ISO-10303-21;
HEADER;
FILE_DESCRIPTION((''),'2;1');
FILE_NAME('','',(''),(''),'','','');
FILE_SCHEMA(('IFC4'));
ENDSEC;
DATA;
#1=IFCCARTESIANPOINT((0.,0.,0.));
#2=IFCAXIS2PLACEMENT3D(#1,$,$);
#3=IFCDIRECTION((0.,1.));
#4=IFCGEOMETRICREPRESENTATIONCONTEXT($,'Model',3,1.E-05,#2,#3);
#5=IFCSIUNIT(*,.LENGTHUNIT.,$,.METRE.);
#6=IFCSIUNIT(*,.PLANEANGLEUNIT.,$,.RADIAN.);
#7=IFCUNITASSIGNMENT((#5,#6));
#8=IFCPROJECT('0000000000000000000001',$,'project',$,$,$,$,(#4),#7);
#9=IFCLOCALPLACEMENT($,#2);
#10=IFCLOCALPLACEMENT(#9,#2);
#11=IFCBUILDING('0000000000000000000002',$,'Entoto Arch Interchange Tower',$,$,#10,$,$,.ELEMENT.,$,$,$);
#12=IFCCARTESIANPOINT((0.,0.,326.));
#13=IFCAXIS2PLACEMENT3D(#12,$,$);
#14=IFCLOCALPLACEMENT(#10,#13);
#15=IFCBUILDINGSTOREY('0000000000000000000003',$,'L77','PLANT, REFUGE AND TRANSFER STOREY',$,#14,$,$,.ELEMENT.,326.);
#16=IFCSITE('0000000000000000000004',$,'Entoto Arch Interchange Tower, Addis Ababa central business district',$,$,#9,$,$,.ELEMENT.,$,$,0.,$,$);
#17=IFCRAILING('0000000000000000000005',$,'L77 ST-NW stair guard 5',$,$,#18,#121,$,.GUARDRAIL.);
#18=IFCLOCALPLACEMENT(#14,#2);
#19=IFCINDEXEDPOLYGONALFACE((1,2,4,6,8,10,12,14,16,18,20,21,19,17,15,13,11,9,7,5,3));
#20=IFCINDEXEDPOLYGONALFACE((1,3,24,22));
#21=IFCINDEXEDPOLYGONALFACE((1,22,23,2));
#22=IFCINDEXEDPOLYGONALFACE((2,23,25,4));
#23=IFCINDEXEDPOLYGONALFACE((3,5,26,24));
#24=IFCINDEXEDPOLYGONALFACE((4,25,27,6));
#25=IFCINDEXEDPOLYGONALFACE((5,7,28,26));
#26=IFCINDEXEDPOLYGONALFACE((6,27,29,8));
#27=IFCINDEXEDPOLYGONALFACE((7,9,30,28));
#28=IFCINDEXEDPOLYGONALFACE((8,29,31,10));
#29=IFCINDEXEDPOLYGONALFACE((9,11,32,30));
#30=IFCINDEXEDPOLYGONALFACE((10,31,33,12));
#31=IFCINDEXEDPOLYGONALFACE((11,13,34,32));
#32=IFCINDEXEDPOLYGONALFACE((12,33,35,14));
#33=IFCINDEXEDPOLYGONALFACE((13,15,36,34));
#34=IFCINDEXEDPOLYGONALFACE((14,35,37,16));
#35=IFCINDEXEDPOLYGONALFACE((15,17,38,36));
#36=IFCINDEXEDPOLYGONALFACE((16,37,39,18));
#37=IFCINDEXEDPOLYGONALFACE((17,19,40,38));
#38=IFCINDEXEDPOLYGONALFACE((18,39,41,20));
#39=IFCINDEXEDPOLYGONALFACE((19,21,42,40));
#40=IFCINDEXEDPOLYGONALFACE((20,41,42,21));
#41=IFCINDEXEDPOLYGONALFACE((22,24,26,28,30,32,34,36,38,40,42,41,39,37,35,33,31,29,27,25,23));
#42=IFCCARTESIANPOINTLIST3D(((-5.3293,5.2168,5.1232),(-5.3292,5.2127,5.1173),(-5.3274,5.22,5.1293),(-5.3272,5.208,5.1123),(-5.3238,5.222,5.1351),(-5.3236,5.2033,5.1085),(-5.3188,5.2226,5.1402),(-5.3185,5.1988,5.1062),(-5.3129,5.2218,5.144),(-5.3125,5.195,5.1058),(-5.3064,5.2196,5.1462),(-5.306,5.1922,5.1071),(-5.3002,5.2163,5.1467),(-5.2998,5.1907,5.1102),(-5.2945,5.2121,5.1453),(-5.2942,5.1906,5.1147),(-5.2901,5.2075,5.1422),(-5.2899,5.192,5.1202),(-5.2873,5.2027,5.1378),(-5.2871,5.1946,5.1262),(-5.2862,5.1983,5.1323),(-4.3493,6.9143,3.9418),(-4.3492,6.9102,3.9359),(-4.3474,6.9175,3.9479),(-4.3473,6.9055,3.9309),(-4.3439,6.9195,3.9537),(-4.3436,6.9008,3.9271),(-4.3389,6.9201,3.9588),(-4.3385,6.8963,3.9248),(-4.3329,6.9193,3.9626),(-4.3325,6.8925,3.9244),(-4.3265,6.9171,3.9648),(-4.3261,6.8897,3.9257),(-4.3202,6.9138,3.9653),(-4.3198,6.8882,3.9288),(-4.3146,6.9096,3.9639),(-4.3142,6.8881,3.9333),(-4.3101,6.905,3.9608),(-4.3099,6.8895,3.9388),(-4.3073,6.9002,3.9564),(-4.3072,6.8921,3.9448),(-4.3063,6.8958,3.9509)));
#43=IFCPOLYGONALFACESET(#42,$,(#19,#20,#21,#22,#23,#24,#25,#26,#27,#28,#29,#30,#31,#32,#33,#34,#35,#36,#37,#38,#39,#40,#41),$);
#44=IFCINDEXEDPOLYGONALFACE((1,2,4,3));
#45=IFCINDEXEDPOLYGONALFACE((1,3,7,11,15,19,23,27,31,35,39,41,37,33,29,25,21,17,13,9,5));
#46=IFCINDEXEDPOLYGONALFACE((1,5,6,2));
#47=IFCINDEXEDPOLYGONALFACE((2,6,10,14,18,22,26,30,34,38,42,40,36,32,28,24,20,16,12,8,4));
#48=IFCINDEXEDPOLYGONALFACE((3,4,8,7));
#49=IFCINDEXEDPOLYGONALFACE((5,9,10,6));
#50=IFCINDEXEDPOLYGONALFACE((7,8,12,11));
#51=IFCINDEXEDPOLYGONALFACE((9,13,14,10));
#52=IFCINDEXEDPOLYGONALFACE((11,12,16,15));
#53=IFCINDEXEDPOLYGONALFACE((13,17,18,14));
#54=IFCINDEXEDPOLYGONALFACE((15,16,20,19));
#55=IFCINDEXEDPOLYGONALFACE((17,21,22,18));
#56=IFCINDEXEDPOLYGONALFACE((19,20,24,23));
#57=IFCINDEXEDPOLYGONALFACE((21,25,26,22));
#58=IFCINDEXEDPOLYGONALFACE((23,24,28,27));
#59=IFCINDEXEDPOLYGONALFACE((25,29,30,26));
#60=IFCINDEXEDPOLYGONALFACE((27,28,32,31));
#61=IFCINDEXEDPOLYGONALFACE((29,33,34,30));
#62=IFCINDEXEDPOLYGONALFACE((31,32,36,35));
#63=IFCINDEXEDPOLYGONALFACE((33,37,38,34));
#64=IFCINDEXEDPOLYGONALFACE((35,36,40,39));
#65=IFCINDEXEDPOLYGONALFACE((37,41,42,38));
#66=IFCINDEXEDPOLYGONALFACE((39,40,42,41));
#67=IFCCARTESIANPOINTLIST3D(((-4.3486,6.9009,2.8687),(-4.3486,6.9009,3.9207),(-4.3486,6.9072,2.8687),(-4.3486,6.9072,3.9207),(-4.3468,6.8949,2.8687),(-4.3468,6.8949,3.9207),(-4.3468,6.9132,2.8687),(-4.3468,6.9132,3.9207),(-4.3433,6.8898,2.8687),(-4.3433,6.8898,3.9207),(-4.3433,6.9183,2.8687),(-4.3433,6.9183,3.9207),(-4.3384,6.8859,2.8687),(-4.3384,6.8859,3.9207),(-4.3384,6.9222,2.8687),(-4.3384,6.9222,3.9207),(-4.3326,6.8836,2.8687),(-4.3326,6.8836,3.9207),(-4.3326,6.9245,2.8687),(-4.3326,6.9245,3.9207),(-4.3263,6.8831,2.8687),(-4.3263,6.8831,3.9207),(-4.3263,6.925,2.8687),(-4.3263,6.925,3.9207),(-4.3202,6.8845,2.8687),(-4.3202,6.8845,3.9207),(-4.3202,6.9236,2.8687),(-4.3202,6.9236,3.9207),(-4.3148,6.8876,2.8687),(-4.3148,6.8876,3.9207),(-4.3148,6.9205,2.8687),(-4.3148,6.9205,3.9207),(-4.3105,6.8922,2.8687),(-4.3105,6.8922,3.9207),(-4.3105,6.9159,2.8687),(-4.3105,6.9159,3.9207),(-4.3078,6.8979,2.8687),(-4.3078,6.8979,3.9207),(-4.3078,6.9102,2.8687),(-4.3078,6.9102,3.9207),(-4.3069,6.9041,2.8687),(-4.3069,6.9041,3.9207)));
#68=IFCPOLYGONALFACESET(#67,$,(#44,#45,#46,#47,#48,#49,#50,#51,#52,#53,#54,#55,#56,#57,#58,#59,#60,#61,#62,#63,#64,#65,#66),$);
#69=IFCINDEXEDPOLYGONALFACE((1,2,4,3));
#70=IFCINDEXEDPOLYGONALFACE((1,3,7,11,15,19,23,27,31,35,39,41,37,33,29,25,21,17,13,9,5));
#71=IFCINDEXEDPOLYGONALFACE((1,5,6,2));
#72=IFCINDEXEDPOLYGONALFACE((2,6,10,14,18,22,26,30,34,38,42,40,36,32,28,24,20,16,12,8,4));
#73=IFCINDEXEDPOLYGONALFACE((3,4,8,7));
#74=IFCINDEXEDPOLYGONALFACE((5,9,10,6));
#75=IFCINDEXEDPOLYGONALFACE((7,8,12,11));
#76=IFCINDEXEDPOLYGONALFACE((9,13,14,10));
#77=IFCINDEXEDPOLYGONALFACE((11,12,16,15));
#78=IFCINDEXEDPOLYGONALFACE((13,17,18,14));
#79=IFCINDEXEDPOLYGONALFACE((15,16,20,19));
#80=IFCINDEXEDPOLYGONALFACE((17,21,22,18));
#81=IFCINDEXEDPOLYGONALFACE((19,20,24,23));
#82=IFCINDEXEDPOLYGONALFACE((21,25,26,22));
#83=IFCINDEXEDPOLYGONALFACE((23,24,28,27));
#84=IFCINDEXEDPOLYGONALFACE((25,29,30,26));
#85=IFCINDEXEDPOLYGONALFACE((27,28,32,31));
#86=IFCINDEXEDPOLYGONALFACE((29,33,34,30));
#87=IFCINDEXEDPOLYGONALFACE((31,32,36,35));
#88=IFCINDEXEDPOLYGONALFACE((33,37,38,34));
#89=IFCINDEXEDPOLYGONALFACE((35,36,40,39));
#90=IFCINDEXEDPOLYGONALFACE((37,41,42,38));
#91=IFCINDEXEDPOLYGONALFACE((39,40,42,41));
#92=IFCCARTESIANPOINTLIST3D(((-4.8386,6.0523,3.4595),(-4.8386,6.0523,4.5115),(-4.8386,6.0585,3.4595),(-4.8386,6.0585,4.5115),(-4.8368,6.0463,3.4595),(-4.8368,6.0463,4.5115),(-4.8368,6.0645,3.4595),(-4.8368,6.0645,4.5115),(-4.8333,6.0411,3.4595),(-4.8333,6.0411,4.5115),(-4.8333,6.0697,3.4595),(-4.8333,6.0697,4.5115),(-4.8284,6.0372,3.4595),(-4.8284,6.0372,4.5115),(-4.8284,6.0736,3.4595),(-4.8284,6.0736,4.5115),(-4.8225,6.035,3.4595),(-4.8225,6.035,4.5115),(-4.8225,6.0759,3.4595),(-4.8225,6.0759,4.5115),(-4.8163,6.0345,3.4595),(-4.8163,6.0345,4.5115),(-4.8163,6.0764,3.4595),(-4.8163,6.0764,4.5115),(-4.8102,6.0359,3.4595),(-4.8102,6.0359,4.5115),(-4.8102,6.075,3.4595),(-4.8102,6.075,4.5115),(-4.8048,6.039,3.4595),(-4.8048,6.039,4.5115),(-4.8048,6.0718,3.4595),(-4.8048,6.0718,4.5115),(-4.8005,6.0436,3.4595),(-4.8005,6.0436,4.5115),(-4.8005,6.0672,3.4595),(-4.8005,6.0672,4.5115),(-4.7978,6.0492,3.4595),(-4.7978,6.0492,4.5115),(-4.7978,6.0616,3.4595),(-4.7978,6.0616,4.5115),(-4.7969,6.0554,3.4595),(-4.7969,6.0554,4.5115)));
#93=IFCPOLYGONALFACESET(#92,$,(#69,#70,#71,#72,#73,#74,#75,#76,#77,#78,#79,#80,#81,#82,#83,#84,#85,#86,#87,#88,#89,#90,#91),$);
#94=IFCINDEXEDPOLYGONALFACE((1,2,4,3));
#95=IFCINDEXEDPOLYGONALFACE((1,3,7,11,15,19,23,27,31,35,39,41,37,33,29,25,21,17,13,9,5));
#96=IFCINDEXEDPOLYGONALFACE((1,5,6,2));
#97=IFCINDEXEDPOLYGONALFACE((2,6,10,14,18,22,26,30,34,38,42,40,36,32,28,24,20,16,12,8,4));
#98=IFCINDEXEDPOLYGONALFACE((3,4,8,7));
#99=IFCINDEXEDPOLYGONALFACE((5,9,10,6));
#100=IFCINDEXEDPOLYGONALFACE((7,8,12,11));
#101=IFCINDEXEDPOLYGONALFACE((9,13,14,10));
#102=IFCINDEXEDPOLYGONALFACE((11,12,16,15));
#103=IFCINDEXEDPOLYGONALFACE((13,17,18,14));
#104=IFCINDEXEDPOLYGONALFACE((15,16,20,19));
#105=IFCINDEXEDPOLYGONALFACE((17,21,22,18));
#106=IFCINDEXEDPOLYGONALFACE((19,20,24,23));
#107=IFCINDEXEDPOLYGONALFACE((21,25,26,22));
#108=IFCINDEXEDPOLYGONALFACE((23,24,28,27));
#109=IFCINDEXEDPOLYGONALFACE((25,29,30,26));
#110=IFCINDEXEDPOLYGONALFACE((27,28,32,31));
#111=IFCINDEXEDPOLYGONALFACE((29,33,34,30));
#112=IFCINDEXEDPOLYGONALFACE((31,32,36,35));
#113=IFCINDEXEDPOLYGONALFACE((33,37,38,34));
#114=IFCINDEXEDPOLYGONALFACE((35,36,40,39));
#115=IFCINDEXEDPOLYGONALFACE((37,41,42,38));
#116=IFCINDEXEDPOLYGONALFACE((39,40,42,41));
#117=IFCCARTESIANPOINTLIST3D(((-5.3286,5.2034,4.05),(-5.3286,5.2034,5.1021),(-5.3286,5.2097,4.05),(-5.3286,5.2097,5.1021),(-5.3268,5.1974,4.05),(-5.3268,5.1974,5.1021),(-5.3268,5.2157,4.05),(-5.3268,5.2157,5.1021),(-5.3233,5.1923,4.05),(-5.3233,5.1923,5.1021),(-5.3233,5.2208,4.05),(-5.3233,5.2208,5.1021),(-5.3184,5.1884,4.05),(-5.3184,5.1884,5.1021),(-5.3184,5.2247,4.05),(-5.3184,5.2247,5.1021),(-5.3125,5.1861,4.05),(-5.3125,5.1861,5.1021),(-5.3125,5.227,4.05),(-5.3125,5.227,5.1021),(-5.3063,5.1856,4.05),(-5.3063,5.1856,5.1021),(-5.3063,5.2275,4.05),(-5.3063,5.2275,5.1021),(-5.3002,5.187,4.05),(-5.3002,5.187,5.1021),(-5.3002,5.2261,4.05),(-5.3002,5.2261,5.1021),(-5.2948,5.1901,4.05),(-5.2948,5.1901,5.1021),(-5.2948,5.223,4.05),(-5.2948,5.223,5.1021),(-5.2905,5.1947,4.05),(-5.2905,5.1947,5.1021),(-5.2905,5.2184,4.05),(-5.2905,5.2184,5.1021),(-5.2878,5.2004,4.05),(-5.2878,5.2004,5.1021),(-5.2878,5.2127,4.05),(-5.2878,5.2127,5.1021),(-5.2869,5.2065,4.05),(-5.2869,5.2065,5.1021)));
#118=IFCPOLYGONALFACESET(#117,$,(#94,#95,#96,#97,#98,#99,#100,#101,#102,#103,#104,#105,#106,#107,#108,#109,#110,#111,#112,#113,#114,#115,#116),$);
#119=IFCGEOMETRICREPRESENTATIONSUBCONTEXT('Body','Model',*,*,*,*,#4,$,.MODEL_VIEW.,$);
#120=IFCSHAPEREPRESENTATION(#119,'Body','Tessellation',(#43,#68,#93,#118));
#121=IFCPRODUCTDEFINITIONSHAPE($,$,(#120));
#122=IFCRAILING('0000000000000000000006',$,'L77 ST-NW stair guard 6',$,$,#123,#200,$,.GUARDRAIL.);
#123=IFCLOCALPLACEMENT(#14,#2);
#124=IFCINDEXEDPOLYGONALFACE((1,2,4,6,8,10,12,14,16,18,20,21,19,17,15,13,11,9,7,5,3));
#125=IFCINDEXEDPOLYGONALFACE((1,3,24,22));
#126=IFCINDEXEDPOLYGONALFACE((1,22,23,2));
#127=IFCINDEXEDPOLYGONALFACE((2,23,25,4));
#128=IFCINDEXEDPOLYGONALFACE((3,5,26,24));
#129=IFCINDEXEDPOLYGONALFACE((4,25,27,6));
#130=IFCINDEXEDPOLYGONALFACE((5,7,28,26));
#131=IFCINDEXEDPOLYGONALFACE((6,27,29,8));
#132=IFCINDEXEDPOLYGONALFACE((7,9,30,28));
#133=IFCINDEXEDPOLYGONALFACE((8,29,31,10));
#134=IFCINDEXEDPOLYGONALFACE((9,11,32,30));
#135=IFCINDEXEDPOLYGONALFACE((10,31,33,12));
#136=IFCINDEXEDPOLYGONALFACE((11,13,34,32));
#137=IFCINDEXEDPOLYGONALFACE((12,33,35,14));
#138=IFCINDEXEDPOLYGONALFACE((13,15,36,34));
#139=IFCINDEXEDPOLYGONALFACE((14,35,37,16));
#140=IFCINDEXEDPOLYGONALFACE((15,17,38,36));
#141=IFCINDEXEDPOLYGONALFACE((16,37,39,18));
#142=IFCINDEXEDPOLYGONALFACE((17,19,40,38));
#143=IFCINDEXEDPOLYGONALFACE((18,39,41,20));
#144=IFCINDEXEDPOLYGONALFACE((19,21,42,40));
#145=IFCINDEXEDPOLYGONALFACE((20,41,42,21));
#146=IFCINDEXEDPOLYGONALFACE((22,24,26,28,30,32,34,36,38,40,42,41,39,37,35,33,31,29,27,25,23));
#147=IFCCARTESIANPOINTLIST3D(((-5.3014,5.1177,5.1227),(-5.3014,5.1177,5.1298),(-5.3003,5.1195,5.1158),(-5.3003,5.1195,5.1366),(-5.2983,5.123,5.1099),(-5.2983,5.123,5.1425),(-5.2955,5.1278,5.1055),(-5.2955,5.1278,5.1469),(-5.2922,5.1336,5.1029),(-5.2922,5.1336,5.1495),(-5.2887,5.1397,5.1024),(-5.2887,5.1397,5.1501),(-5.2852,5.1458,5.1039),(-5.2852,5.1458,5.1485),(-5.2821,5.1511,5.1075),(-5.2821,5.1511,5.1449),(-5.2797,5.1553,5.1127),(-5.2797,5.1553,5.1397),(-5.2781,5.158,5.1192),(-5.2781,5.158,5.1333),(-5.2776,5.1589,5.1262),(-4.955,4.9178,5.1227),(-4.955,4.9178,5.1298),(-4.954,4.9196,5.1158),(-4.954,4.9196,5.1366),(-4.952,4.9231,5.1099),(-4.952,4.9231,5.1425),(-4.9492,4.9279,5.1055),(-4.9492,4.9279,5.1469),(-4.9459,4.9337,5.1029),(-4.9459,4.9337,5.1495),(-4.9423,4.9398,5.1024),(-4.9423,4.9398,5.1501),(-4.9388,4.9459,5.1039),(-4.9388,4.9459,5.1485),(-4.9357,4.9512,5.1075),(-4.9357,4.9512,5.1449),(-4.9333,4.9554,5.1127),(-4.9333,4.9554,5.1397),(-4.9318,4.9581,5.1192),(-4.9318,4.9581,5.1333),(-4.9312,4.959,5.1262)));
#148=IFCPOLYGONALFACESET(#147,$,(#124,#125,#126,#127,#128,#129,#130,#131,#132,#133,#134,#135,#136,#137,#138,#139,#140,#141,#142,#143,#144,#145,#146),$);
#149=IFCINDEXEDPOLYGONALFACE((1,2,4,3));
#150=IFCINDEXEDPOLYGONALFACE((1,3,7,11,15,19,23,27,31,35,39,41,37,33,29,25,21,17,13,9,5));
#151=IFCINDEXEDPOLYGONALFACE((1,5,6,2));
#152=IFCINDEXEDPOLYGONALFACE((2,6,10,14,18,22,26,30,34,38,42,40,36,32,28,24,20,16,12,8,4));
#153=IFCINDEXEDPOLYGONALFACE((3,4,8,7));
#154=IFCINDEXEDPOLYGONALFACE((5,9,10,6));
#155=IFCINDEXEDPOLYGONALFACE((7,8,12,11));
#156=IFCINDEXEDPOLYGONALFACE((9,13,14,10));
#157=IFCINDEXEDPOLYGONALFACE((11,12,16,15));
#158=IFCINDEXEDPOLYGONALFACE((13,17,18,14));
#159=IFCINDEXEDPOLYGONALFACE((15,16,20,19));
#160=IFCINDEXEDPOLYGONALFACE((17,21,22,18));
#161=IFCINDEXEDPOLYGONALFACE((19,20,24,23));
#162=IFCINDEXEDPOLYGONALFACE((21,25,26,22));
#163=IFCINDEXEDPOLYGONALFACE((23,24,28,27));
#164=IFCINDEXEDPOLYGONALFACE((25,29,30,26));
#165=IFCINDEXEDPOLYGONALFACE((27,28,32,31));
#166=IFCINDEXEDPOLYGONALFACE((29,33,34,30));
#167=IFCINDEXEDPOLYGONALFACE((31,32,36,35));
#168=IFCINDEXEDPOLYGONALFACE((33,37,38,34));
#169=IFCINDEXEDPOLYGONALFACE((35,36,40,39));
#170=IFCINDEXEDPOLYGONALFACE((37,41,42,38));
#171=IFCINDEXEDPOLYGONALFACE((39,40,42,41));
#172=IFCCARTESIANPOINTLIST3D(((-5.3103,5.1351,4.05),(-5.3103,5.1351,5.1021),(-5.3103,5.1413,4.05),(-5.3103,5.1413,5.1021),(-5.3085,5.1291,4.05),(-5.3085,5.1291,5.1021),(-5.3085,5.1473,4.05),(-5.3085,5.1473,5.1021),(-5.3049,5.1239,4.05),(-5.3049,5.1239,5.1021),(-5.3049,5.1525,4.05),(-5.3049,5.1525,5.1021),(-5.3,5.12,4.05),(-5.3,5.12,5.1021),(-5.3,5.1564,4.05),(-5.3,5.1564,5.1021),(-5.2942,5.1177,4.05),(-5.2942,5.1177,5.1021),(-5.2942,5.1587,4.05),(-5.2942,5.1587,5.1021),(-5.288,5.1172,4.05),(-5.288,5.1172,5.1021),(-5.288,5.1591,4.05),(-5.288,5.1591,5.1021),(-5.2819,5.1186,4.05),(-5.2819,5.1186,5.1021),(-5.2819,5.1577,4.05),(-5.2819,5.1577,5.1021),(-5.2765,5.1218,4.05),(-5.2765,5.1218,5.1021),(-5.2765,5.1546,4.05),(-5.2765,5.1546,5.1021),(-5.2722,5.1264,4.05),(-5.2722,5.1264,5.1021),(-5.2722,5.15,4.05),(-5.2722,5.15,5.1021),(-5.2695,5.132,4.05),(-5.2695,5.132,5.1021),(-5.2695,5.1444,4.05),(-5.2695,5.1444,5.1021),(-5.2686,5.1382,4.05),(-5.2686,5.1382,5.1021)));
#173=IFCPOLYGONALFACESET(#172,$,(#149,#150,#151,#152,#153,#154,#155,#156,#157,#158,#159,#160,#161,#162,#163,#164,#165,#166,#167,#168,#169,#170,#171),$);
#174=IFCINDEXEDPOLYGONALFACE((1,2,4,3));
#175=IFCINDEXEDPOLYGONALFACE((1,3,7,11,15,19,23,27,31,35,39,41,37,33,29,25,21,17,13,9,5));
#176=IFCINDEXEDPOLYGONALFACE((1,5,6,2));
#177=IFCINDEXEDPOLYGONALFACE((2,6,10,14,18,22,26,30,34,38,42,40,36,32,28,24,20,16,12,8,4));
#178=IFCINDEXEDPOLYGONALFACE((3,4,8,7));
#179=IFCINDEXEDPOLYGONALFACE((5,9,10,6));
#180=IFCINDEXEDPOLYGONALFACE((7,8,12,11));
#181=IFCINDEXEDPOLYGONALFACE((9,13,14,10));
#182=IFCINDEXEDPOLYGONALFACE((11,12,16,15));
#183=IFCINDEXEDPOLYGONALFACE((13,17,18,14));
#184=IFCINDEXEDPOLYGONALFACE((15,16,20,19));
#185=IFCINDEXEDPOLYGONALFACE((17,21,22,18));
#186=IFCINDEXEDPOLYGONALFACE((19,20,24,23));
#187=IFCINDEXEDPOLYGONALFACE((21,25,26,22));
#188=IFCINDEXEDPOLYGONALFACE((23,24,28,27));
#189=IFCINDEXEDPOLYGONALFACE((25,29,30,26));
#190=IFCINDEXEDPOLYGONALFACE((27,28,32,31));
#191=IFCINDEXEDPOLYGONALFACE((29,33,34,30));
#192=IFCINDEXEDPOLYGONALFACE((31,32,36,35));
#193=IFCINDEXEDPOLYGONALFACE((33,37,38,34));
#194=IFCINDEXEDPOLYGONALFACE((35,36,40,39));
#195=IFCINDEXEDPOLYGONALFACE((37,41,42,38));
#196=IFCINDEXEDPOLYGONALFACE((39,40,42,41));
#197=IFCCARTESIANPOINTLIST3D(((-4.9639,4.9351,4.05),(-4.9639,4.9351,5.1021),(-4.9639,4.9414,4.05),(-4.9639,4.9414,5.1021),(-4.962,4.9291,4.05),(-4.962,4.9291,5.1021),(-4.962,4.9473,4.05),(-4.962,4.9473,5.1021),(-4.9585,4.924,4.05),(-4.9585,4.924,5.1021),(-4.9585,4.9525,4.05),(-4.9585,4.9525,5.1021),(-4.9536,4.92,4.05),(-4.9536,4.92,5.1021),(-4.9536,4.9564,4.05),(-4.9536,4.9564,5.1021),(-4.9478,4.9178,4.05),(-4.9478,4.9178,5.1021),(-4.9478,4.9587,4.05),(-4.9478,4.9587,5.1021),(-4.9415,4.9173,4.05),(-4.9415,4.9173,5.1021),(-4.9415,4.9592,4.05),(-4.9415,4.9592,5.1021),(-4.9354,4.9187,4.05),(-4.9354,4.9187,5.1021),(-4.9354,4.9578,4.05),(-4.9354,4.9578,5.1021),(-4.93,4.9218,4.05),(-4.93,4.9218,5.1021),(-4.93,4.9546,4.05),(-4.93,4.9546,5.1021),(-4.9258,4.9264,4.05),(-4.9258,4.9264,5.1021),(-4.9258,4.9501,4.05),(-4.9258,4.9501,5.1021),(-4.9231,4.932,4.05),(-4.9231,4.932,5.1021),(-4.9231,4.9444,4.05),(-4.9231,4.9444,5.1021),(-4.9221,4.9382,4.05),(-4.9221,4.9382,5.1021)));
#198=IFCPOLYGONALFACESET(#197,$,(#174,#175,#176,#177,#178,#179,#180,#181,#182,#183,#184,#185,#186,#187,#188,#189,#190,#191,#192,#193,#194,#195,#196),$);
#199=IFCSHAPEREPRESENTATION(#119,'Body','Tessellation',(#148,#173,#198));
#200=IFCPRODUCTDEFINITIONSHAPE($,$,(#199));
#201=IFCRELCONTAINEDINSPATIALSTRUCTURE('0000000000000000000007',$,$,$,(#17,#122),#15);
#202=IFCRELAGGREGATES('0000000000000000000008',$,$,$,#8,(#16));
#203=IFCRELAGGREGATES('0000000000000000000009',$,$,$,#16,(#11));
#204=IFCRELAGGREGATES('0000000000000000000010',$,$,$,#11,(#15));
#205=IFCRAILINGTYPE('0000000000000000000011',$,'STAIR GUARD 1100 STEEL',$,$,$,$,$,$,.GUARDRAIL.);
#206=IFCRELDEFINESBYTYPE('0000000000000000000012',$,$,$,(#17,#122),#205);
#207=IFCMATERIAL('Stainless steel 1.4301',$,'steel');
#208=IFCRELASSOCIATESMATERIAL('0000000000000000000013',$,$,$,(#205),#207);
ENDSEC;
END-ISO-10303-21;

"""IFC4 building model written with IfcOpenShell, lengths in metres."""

from ifc_helpers import new_model, si_unit, direction, frame, origin, origin_2d, place, context, subcontext, project, spatial, circle, extrude, material, type_object, element, save


model = new_model("IFC4")

# Units and contexts
model_context = context("Model", 3, precision=1e-05, world=origin(), true_north=direction((0.0, 1.0)))
body_context = subcontext(model_context, "Body", "Model", "MODEL_VIEW")
ifc_project = project(units=[si_unit("LENGTHUNIT", "METRE"), si_unit("PLANEANGLEUNIT", "RADIAN")], contexts=[model_context])

# Site, building, storey
site_placement = place(None, origin())
site = spatial("IfcSite", under=ifc_project, at=site_placement, Name="Entoto Arch Interchange Tower, Addis Ababa central business district", CompositionType="ELEMENT", RefElevation=0.0)
building_placement = place(site_placement, origin())
building = spatial("IfcBuilding", under=site, at=building_placement, Name="Entoto Arch Interchange Tower", CompositionType="ELEMENT")
storey_placement = place(building_placement, frame((0.0, 0.0, 326.0)))
storey = spatial("IfcBuildingStorey", under=building, at=storey_placement, Name="L77", Description="PLANT, REFUGE AND TRANSFER STOREY", CompositionType="ELEMENT", Elevation=326.0)

# Railings
ifc_material_1 = material(Name="Stainless steel 1.4301", Category="steel")
railing_type_1 = type_object("IfcRailingType", Name="STAIR GUARD 1100 STEEL", PredefinedType="GUARDRAIL", material=ifc_material_1)
railing_1_placement = place(storey_placement, frame((-4.3279, 6.9041, 2.8687)))
element("IfcRailing", 1, at=railing_1_placement, inside=storey, type_object=railing_type_1, Name="L77 ST-NW stair guard 5", PredefinedType="GUARDRAIL", context=body_context, shape_type="SweptSolid", body=[
    extrude(circle(Radius=0.0239, at=origin_2d()), frame((0.0, 0.0, 1.0762), z_axis=(-0.428205, -0.741731, 0.516214), x_axis=(0.866042, -0.49997, 0.0)), (0.0, 0.0, 1.0), 2.2886),
    extrude(circle(Radius=0.021, at=origin_2d()), origin(), (0.0, 0.0, 1.0), 1.052),
    extrude(circle(Radius=0.021, at=origin_2d()), frame((-0.49, -0.8486, 0.5908)), (0.0, 0.0, 1.0), 1.052),
    extrude(circle(Radius=0.021, at=origin_2d()), frame((-0.98, -1.6975, 1.1814)), (0.0, 0.0, 1.0), 1.052),
])
railing_2_placement = place(storey_placement, frame((-5.2896, 5.1382, 4.05)))
element("IfcRailing", 2, at=railing_2_placement, inside=storey, type_object=railing_type_1, Name="L77 ST-NW stair guard 6", PredefinedType="GUARDRAIL", context=body_context, shape_type="SweptSolid", body=[
    extrude(circle(Radius=0.0239, at=origin_2d()), frame((0.0, 0.0, 1.0762), z_axis=(0.866094, -0.499881, 0.0), x_axis=(0.499881, 0.866094, 0.0)), (0.0, 0.0, 1.0), 0.3999),
    extrude(circle(Radius=0.021, at=origin_2d()), origin(), (0.0, 0.0, 1.0), 1.052),
    extrude(circle(Radius=0.021, at=origin_2d()), frame((0.3464, -0.2, 0.0)), (0.0, 0.0, 1.0), 1.052),
])

save(model, "model.ifc")
